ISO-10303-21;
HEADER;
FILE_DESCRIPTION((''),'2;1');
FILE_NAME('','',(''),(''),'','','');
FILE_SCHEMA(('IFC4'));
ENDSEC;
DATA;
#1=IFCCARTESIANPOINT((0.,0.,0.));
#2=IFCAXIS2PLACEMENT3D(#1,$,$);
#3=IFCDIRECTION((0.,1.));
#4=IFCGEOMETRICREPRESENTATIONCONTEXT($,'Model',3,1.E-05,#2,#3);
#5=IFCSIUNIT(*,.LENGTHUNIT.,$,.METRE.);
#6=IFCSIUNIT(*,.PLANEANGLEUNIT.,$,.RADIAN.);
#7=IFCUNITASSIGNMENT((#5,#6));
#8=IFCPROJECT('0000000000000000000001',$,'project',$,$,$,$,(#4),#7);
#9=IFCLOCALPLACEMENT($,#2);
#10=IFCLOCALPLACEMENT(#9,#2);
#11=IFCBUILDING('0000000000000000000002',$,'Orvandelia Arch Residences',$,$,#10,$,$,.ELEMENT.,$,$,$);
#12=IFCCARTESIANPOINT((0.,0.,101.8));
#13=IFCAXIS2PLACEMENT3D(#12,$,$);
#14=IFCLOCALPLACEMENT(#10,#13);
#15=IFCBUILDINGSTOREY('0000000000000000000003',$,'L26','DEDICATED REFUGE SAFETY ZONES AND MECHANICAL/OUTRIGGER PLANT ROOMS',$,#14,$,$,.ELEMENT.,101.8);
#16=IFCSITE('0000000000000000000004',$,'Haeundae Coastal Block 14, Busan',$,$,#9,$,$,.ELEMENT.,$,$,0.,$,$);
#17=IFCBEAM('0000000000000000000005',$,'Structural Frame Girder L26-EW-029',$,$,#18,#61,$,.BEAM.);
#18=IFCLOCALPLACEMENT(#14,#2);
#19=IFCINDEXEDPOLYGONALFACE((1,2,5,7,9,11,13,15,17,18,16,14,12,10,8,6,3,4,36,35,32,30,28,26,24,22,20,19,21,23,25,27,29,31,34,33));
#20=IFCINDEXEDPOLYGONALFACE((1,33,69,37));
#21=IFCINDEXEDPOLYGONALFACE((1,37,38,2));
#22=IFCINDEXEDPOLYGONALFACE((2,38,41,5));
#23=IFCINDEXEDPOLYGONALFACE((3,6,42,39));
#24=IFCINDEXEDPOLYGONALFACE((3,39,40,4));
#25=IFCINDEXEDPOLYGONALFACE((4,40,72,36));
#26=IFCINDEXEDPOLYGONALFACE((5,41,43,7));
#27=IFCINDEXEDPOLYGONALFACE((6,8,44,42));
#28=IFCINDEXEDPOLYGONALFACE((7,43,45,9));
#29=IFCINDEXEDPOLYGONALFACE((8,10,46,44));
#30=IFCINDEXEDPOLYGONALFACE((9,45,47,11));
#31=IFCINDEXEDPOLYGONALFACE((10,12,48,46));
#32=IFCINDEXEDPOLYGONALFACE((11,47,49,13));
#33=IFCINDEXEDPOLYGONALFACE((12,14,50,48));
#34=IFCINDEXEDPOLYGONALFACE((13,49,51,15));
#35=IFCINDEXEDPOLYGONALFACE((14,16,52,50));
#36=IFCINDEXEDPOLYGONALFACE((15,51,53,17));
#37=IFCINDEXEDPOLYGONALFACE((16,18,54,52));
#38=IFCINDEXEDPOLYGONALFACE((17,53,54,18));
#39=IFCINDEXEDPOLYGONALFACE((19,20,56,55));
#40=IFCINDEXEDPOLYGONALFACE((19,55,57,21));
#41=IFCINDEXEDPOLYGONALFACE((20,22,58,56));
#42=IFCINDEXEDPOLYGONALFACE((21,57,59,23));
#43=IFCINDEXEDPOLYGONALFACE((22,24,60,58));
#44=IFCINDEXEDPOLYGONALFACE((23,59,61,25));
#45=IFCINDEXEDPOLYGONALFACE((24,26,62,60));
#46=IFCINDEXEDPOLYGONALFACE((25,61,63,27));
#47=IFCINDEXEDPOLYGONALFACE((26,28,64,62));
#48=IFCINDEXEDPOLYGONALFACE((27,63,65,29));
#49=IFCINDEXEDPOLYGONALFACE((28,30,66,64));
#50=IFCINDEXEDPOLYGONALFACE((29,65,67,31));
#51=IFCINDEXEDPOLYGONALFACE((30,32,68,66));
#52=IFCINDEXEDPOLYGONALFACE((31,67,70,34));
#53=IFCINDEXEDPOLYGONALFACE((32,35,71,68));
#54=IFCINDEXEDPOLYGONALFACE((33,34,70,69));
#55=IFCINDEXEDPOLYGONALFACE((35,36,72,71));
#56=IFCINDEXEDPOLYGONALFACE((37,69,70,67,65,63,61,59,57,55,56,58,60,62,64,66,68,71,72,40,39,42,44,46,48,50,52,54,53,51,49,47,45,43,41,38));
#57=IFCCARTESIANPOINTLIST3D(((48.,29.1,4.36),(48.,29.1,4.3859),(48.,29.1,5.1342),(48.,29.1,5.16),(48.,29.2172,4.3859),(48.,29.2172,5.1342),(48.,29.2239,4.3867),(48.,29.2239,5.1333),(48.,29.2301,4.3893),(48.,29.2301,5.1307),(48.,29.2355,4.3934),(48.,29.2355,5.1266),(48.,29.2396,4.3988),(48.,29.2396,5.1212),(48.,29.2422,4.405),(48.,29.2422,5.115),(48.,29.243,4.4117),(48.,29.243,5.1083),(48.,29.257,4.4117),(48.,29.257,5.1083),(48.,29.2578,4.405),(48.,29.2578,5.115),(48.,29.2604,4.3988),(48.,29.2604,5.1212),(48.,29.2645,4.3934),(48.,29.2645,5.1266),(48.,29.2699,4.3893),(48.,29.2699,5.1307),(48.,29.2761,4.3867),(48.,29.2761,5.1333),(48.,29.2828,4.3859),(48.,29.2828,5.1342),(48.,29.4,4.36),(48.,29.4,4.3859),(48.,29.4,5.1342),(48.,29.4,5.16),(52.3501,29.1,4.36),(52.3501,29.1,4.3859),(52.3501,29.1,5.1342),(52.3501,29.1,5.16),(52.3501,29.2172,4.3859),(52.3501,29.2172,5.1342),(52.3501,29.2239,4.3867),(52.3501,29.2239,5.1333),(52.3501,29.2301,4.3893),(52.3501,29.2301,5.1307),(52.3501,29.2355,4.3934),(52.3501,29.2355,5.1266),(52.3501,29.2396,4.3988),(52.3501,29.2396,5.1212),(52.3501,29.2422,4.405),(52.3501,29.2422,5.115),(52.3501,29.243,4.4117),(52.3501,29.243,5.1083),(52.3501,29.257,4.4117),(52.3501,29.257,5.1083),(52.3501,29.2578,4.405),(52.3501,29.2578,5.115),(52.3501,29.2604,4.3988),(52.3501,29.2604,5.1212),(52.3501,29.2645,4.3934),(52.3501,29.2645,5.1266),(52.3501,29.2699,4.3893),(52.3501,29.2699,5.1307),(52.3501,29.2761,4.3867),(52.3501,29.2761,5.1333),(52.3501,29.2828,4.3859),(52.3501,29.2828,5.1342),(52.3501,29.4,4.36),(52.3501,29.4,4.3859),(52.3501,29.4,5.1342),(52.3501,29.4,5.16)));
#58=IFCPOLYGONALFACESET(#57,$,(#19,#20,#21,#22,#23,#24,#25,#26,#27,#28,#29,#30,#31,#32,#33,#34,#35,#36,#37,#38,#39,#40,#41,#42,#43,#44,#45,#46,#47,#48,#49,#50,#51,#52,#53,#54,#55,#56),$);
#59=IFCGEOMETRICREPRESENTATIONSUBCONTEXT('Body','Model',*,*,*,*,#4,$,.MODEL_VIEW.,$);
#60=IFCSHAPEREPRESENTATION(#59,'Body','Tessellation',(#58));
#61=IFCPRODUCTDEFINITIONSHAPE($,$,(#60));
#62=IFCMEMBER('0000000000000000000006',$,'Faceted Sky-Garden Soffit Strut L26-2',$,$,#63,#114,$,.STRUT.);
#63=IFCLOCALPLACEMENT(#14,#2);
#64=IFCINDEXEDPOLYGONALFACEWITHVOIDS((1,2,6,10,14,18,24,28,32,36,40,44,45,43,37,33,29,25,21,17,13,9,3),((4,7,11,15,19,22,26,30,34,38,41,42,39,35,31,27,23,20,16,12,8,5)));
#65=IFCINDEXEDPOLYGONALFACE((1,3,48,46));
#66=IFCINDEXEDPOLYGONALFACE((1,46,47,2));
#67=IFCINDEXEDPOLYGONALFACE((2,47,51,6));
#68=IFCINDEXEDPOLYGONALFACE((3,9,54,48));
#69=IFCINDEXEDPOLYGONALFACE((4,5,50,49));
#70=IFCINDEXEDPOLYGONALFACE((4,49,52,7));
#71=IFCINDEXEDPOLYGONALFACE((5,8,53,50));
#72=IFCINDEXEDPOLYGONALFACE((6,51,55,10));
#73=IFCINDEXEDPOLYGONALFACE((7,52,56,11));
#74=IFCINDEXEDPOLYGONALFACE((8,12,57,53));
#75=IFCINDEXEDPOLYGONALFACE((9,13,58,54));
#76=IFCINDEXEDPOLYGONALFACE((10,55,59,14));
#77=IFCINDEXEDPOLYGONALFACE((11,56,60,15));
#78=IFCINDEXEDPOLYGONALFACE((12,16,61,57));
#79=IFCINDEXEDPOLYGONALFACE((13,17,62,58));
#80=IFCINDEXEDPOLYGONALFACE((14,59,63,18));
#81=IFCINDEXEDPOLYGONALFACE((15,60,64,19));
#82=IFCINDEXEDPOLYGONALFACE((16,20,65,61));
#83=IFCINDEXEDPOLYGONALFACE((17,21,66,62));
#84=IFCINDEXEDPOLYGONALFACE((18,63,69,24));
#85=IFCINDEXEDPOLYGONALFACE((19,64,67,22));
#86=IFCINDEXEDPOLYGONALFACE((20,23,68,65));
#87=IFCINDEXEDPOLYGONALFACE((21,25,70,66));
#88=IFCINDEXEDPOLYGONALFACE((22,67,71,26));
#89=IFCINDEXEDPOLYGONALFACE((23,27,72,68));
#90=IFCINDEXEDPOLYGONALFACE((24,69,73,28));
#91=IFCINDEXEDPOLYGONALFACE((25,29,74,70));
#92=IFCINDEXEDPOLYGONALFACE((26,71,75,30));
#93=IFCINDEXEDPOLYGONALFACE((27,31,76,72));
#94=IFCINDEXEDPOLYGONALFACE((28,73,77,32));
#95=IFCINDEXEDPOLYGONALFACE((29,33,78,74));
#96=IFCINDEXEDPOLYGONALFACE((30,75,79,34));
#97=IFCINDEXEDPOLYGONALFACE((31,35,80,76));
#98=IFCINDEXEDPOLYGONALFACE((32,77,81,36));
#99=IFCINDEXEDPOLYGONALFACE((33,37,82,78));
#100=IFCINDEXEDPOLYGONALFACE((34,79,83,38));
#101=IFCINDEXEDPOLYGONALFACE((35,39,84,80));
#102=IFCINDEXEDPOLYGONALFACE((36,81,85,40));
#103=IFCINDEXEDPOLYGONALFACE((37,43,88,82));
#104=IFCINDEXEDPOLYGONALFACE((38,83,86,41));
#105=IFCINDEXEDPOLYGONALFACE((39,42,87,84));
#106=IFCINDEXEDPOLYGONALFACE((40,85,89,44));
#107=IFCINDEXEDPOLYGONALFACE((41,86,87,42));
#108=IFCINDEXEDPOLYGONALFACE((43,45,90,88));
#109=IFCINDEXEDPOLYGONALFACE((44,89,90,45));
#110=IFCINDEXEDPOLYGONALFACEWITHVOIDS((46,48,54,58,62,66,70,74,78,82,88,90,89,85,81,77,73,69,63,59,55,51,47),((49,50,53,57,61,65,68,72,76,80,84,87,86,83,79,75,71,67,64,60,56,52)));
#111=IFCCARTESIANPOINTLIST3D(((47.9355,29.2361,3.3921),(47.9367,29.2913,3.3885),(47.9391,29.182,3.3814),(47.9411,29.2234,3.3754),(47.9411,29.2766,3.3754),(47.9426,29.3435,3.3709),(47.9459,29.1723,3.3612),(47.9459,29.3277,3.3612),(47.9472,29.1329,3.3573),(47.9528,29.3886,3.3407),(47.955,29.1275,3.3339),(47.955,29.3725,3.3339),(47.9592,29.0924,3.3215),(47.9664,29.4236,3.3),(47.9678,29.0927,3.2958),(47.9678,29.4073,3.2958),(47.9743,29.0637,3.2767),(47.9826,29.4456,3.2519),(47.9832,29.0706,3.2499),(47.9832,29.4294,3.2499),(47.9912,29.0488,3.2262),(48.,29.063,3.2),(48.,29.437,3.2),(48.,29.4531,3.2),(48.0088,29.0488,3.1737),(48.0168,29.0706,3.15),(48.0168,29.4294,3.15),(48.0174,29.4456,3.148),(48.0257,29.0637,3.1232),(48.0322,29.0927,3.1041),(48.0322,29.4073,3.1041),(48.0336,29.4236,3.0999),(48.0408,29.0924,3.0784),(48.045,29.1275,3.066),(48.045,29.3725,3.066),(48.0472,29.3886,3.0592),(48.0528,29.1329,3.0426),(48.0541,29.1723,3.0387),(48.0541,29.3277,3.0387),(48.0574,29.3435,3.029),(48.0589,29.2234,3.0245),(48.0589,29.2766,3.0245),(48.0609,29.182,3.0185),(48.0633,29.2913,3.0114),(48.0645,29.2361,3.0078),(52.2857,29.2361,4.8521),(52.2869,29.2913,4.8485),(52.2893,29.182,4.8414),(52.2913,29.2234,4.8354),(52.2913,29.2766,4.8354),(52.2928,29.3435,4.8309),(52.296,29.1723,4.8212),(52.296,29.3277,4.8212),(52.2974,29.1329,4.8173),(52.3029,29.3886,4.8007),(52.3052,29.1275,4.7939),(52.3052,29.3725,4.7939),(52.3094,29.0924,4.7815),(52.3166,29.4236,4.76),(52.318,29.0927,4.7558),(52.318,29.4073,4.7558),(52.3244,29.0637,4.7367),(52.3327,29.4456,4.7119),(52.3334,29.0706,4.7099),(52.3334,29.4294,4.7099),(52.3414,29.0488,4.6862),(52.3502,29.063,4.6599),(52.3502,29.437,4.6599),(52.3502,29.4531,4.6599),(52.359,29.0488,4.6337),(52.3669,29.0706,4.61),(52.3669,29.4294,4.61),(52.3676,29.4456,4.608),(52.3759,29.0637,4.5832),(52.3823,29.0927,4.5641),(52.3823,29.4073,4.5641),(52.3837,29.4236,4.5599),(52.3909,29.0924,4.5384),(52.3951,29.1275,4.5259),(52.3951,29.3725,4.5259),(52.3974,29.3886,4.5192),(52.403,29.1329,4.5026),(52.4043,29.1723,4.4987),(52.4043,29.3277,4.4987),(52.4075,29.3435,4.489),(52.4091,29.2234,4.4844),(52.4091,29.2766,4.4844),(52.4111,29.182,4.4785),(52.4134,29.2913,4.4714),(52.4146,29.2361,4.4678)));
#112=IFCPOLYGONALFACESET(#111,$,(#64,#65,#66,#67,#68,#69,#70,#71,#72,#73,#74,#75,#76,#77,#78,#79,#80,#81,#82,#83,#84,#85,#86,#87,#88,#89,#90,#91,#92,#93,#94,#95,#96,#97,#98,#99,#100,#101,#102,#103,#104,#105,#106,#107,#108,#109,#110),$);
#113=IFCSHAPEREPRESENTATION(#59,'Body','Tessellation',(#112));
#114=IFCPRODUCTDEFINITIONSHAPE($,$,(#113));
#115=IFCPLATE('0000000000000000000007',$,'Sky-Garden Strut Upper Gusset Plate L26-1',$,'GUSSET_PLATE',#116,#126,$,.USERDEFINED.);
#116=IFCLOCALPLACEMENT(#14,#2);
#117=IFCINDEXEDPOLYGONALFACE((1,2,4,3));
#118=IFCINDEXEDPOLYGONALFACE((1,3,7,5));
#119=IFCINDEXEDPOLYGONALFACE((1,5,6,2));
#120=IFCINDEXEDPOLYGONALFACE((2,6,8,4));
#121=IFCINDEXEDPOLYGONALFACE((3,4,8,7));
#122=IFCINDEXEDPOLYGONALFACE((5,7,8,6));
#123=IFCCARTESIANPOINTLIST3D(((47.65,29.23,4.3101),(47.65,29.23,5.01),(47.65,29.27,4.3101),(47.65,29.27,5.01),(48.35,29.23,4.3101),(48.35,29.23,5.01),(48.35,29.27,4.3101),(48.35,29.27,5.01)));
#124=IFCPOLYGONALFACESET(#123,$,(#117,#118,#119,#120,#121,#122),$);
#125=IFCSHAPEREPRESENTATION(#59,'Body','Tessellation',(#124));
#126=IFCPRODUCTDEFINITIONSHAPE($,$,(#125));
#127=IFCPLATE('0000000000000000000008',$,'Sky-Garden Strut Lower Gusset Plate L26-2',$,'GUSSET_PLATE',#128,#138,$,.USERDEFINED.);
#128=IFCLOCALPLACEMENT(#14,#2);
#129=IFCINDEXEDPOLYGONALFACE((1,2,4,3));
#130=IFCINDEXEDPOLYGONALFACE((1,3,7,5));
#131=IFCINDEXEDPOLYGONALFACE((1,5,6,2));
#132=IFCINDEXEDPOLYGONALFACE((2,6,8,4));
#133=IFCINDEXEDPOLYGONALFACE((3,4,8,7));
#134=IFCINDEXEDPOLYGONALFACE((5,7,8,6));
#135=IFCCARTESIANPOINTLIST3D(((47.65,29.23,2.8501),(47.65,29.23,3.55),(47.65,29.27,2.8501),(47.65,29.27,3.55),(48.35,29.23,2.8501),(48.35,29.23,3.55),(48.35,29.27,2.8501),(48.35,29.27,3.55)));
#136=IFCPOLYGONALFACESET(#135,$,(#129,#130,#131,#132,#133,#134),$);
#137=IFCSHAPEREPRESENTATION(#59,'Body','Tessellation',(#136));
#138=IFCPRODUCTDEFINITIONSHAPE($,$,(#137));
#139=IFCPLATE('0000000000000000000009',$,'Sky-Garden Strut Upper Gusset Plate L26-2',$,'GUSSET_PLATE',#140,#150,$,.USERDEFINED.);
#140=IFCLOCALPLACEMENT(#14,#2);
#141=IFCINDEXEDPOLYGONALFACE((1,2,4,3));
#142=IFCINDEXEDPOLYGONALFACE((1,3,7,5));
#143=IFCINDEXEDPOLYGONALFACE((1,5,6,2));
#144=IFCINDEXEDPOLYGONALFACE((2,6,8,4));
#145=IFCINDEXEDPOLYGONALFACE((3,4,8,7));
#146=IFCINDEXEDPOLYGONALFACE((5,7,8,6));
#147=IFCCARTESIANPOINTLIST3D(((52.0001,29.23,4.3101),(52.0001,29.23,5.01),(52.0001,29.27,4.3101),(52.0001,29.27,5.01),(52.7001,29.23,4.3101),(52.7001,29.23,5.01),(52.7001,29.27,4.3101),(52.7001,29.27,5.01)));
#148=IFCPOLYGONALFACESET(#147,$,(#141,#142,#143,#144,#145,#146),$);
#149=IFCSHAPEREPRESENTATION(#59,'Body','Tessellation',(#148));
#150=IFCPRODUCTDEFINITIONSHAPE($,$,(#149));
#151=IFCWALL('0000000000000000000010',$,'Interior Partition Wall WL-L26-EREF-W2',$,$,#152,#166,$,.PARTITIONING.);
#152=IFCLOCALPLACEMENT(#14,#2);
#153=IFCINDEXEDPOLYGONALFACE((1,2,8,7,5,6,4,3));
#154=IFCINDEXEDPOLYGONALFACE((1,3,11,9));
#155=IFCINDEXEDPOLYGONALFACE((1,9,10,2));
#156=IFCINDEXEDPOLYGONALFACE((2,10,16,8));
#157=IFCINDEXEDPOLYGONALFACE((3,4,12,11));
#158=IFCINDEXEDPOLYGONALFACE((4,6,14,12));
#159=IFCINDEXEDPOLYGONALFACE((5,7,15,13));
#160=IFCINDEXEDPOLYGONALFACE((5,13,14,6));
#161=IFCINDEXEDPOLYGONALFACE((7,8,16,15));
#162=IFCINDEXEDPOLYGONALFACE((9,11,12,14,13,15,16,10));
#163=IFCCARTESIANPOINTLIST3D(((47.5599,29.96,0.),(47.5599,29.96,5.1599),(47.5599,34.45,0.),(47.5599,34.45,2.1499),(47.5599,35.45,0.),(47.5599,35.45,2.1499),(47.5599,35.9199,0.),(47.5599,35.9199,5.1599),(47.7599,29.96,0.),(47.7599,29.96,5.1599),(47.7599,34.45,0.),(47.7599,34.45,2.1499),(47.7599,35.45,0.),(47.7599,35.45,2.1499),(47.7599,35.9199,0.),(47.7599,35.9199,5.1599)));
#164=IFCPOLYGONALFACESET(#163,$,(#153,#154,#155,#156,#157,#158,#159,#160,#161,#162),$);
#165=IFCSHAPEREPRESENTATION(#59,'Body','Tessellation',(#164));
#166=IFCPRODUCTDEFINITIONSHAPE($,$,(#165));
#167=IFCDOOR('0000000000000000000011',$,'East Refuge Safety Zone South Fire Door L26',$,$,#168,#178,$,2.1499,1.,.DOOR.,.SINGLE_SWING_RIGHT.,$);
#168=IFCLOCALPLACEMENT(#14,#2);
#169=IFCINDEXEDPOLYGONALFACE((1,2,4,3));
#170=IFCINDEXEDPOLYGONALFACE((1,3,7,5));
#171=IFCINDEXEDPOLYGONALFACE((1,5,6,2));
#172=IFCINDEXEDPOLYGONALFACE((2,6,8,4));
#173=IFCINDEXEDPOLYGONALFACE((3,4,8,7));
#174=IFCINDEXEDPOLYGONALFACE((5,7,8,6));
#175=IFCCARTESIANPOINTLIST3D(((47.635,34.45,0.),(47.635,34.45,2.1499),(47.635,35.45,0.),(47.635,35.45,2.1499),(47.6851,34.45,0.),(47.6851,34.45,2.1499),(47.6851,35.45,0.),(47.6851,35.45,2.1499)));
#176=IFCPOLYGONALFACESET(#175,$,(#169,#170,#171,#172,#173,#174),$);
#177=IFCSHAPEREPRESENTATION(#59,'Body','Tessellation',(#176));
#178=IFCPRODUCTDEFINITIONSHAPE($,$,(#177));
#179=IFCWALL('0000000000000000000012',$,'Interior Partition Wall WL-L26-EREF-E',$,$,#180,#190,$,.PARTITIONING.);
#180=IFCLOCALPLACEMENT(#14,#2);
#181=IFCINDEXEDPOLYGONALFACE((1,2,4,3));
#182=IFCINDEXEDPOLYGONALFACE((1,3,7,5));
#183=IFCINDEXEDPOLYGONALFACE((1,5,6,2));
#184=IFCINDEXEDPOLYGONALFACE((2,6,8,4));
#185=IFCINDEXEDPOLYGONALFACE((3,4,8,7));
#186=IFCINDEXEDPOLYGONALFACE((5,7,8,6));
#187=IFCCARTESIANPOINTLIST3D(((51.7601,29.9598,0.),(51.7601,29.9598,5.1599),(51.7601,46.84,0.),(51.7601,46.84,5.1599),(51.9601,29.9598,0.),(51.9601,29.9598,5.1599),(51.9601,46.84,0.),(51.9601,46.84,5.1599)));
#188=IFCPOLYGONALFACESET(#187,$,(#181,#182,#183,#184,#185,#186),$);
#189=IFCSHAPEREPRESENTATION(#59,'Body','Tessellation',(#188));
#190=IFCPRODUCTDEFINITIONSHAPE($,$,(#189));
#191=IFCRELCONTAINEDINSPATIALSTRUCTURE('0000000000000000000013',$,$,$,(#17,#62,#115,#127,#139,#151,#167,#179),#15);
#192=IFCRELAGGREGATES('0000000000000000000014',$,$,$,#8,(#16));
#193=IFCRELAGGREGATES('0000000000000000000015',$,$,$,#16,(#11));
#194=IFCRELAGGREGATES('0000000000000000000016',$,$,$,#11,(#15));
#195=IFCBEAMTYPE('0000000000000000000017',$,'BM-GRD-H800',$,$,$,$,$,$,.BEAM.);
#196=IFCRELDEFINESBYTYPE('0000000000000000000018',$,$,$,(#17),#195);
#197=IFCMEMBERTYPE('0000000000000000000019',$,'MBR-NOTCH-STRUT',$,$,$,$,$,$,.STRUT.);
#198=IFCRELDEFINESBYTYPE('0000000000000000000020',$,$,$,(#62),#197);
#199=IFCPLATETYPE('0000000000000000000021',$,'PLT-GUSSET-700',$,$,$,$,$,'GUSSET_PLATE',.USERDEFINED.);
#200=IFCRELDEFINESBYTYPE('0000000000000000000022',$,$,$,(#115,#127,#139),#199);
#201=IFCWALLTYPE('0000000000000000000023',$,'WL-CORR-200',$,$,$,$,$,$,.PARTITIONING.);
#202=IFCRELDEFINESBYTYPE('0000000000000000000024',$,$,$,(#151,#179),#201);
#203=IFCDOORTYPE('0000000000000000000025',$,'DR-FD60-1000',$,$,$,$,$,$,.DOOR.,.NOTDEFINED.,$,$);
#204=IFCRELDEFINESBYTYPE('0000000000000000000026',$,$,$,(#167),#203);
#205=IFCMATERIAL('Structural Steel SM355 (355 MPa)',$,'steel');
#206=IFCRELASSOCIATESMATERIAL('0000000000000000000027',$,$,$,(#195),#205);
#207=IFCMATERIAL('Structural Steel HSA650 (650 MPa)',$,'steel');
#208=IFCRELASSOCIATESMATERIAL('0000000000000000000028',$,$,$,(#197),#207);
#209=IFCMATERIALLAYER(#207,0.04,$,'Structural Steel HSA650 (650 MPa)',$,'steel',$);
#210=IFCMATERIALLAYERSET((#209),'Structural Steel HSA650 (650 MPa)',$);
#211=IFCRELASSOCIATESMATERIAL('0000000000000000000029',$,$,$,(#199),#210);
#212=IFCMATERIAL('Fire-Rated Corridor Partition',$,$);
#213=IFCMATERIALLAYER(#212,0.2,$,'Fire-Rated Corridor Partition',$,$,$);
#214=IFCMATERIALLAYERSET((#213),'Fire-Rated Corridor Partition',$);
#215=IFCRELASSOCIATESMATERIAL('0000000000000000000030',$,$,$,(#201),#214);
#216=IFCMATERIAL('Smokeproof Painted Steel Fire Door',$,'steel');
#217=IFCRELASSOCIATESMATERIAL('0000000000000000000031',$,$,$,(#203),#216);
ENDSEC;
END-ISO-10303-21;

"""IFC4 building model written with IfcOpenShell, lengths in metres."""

from ifc_helpers import new_model, si_unit, direction, frame, frame_2d, origin, origin_2d, place, context, subcontext, project, spatial, rectangle, hollow_circle, i_section, extrude, material, layer, layer_set, material_profile, profile_set, type_object, element, fill, save


model = new_model("IFC4")

# Units and contexts
model_context = context("Model", 3, precision=1e-05, world=origin(), true_north=direction((0.0, 1.0)))
body_context = subcontext(model_context, "Body", "Model", "MODEL_VIEW")
ifc_project = project(units=[si_unit("LENGTHUNIT", "METRE"), si_unit("PLANEANGLEUNIT", "RADIAN")], contexts=[model_context])

# Site, building, storey
site_placement = place(None, origin())
site = spatial("IfcSite", under=ifc_project, at=site_placement, Name="Haeundae Coastal Block 14, Busan", CompositionType="ELEMENT", RefElevation=0.0)
building_placement = place(site_placement, origin())
building = spatial("IfcBuilding", under=site, at=building_placement, Name="Orvandelia Arch Residences", CompositionType="ELEMENT")
storey_placement = place(building_placement, frame((0.0, 0.0, 101.8)))
storey = spatial("IfcBuildingStorey", under=building, at=storey_placement, Name="L26", Description="DEDICATED REFUGE SAFETY ZONES AND MECHANICAL/OUTRIGGER PLANT ROOMS", CompositionType="ELEMENT", Elevation=101.8)

# Beam
ifc_material_1 = material(Name="Structural Steel SM355 (355 MPa)", Category="steel")
ifc_material_profile_1 = material_profile(ifc_material_1, i_section(OverallWidth=0.3, OverallDepth=0.8, WebThickness=0.0139, FlangeThickness=0.0259, FilletRadius=0.0259, at=origin_2d()), Name="Structural Steel SM355 (355 MPa)", Category="steel")
ifc_profile_set_1 = profile_set([ifc_material_profile_1], Name="Structural Steel SM355 (355 MPa)")
beam_type = type_object("IfcBeamType", Name="BM-GRD-H800", PredefinedType="BEAM", material=ifc_profile_set_1)
beam_1_placement = place(storey_placement, frame((48.0, 29.25, 4.76), z_axis=(1.0, 0.0, 0.0), x_axis=(0.0, 1.0, 0.0)))
element("IfcBeam", 1, at=beam_1_placement, inside=storey, type_object=beam_type, Name="Structural Frame Girder L26-EW-029", PredefinedType="BEAM", context=body_context, shape_type="SweptSolid", body=[
    extrude(i_section(OverallWidth=0.3, OverallDepth=0.8, WebThickness=0.0139, FlangeThickness=0.0259, FilletRadius=0.0259, at=origin_2d()), origin(), (0.0, 0.0, 1.0), 4.3501),
])

# Member
ifc_material_2 = material(Name="Structural Steel HSA650 (650 MPa)", Category="steel")
ifc_material_profile_2 = material_profile(ifc_material_2, hollow_circle(Radius=0.2031, WallThickness=0.0161, at=origin_2d()), Name="Structural Steel HSA650 (650 MPa)", Category="steel")
ifc_profile_set_2 = profile_set([ifc_material_profile_2], Name="Structural Steel HSA650 (650 MPa)")
member_type = type_object("IfcMemberType", Name="MBR-NOTCH-STRUT", PredefinedType="STRUT", material=ifc_profile_set_2)
member_placement = place(storey_placement, frame((48.0, 29.25, 3.2), z_axis=(0.948032, 0.0, 0.318174), x_axis=(0.0, 1.0, 0.0)))
element("IfcMember", 2, at=member_placement, inside=storey, type_object=member_type, Name="Faceted Sky-Garden Soffit Strut L26-2", PredefinedType="STRUT", context=body_context, shape_type="SweptSolid", body=[
    extrude(hollow_circle(Radius=0.2031, WallThickness=0.0161, at=origin_2d()), origin(), (0.0, 0.0, 1.0), 4.5886),
])

# Plates
ifc_layer_1 = layer(ifc_material_2, 0.04, Name="Structural Steel HSA650 (650 MPa)", Category="steel")
ifc_layer_set_1 = layer_set([ifc_layer_1], Name="Structural Steel HSA650 (650 MPa)")
plate_type = type_object("IfcPlateType", Name="PLT-GUSSET-700", ElementType="GUSSET_PLATE", PredefinedType="USERDEFINED", material=ifc_layer_set_1)
for number, where, z_axis, x_axis, name in (
    (3, (48.0, 29.25, 4.3101), (0.0, 0.0, 1.0), (1.0, 0.0, 0.0), "Sky-Garden Strut Upper Gusset Plate L26-1"),
    (4, (48.0, 29.25, 2.8501), (0.0, 0.0, 1.0), (1.0, 0.0, 0.0), "Sky-Garden Strut Lower Gusset Plate L26-2"),
    (5, (52.3501, 29.25, 4.3101), (0.0, 0.0, 1.0), (1.0, 0.0, 0.0), "Sky-Garden Strut Upper Gusset Plate L26-2"),
):
    element("IfcPlate", number, at=place(storey_placement, frame(where, z_axis=z_axis, x_axis=x_axis)), inside=storey, type_object=plate_type, Name=name, ObjectType="GUSSET_PLATE", PredefinedType="USERDEFINED", context=body_context, shape_type="SweptSolid", body=[
        extrude(rectangle(XDim=0.7, YDim=0.04, at=origin_2d()), origin(), (0.0, 0.0, 1.0), 0.7),
    ])

# Wall, opening, door
ifc_material_3 = material(Name="Fire-Rated Corridor Partition")
ifc_layer_2 = layer(ifc_material_3, 0.2, Name="Fire-Rated Corridor Partition")
ifc_layer_set_2 = layer_set([ifc_layer_2], Name="Fire-Rated Corridor Partition")
wall_type_1 = type_object("IfcWallType", Name="WL-CORR-200", PredefinedType="PARTITIONING", material=ifc_layer_set_2)
wall_1_placement = place(storey_placement, frame((47.6599, 29.96, 0.0), z_axis=(0.0, 0.0, 1.0), x_axis=(0.0, 1.0, 0.0)))
wall_1 = element("IfcWall", 6, at=wall_1_placement, inside=storey, type_object=wall_type_1, Name="Interior Partition Wall WL-L26-EREF-W2", PredefinedType="PARTITIONING", context=body_context, shape_type="SweptSolid", body=[
    extrude(rectangle(XDim=5.96, YDim=0.2, at=frame_2d((2.98, 0.0))), origin(), (0.0, 0.0, 1.0), 5.1599),
])
opening_placement = place(wall_1_placement, frame((4.49, 0.0, 0.0)))
opening = element("IfcOpeningElement", 7, at=opening_placement, cuts=wall_1, PredefinedType="OPENING", context=body_context, shape_type="SweptSolid", body=[
    extrude(rectangle(XDim=1.0, YDim=2.1499, at=frame_2d((0.5, 1.075))), frame((0.0, 0.1099, 0.0), z_axis=(0.0, -1.0, 0.0), x_axis=(1.0, 0.0, 0.0)), (0.0, 0.0, 1.0), 0.22),
])
ifc_material_4 = material(Name="Smokeproof Painted Steel Fire Door", Category="steel")
door_type = type_object("IfcDoorType", Name="DR-FD60-1000", OperationType="NOTDEFINED", PredefinedType="DOOR", material=ifc_material_4)
door_placement = place(opening_placement, origin())
door = element("IfcDoor", 8, at=door_placement, inside=storey, type_object=door_type, Name="East Refuge Safety Zone South Fire Door L26", OperationType="SINGLE_SWING_RIGHT", OverallHeight=2.1499, OverallWidth=1.0, PredefinedType="DOOR", context=body_context, shape_type="SweptSolid", body=[
    extrude(rectangle(XDim=1.0, YDim=2.1499, at=frame_2d((0.5, 1.075))), frame((0.0, 0.0249, 0.0), z_axis=(0.0, -1.0, 0.0), x_axis=(1.0, 0.0, 0.0)), (0.0, 0.0, 1.0), 0.05),
])
fill(opening, door)

# Wall
wall_2_placement = place(storey_placement, frame((51.8601, 29.96, 0.0), z_axis=(0.0, 0.0, 1.0), x_axis=(0.0, 1.0, 0.0)))
element("IfcWall", 9, at=wall_2_placement, inside=storey, type_object=wall_type_1, Name="Interior Partition Wall WL-L26-EREF-E", PredefinedType="PARTITIONING", context=body_context, shape_type="SweptSolid", body=[
    extrude(rectangle(XDim=16.8801, YDim=0.2, at=frame_2d((8.4399, 0.0))), origin(), (0.0, 0.0, 1.0), 5.1599),
])

save(model, "model.ifc")
